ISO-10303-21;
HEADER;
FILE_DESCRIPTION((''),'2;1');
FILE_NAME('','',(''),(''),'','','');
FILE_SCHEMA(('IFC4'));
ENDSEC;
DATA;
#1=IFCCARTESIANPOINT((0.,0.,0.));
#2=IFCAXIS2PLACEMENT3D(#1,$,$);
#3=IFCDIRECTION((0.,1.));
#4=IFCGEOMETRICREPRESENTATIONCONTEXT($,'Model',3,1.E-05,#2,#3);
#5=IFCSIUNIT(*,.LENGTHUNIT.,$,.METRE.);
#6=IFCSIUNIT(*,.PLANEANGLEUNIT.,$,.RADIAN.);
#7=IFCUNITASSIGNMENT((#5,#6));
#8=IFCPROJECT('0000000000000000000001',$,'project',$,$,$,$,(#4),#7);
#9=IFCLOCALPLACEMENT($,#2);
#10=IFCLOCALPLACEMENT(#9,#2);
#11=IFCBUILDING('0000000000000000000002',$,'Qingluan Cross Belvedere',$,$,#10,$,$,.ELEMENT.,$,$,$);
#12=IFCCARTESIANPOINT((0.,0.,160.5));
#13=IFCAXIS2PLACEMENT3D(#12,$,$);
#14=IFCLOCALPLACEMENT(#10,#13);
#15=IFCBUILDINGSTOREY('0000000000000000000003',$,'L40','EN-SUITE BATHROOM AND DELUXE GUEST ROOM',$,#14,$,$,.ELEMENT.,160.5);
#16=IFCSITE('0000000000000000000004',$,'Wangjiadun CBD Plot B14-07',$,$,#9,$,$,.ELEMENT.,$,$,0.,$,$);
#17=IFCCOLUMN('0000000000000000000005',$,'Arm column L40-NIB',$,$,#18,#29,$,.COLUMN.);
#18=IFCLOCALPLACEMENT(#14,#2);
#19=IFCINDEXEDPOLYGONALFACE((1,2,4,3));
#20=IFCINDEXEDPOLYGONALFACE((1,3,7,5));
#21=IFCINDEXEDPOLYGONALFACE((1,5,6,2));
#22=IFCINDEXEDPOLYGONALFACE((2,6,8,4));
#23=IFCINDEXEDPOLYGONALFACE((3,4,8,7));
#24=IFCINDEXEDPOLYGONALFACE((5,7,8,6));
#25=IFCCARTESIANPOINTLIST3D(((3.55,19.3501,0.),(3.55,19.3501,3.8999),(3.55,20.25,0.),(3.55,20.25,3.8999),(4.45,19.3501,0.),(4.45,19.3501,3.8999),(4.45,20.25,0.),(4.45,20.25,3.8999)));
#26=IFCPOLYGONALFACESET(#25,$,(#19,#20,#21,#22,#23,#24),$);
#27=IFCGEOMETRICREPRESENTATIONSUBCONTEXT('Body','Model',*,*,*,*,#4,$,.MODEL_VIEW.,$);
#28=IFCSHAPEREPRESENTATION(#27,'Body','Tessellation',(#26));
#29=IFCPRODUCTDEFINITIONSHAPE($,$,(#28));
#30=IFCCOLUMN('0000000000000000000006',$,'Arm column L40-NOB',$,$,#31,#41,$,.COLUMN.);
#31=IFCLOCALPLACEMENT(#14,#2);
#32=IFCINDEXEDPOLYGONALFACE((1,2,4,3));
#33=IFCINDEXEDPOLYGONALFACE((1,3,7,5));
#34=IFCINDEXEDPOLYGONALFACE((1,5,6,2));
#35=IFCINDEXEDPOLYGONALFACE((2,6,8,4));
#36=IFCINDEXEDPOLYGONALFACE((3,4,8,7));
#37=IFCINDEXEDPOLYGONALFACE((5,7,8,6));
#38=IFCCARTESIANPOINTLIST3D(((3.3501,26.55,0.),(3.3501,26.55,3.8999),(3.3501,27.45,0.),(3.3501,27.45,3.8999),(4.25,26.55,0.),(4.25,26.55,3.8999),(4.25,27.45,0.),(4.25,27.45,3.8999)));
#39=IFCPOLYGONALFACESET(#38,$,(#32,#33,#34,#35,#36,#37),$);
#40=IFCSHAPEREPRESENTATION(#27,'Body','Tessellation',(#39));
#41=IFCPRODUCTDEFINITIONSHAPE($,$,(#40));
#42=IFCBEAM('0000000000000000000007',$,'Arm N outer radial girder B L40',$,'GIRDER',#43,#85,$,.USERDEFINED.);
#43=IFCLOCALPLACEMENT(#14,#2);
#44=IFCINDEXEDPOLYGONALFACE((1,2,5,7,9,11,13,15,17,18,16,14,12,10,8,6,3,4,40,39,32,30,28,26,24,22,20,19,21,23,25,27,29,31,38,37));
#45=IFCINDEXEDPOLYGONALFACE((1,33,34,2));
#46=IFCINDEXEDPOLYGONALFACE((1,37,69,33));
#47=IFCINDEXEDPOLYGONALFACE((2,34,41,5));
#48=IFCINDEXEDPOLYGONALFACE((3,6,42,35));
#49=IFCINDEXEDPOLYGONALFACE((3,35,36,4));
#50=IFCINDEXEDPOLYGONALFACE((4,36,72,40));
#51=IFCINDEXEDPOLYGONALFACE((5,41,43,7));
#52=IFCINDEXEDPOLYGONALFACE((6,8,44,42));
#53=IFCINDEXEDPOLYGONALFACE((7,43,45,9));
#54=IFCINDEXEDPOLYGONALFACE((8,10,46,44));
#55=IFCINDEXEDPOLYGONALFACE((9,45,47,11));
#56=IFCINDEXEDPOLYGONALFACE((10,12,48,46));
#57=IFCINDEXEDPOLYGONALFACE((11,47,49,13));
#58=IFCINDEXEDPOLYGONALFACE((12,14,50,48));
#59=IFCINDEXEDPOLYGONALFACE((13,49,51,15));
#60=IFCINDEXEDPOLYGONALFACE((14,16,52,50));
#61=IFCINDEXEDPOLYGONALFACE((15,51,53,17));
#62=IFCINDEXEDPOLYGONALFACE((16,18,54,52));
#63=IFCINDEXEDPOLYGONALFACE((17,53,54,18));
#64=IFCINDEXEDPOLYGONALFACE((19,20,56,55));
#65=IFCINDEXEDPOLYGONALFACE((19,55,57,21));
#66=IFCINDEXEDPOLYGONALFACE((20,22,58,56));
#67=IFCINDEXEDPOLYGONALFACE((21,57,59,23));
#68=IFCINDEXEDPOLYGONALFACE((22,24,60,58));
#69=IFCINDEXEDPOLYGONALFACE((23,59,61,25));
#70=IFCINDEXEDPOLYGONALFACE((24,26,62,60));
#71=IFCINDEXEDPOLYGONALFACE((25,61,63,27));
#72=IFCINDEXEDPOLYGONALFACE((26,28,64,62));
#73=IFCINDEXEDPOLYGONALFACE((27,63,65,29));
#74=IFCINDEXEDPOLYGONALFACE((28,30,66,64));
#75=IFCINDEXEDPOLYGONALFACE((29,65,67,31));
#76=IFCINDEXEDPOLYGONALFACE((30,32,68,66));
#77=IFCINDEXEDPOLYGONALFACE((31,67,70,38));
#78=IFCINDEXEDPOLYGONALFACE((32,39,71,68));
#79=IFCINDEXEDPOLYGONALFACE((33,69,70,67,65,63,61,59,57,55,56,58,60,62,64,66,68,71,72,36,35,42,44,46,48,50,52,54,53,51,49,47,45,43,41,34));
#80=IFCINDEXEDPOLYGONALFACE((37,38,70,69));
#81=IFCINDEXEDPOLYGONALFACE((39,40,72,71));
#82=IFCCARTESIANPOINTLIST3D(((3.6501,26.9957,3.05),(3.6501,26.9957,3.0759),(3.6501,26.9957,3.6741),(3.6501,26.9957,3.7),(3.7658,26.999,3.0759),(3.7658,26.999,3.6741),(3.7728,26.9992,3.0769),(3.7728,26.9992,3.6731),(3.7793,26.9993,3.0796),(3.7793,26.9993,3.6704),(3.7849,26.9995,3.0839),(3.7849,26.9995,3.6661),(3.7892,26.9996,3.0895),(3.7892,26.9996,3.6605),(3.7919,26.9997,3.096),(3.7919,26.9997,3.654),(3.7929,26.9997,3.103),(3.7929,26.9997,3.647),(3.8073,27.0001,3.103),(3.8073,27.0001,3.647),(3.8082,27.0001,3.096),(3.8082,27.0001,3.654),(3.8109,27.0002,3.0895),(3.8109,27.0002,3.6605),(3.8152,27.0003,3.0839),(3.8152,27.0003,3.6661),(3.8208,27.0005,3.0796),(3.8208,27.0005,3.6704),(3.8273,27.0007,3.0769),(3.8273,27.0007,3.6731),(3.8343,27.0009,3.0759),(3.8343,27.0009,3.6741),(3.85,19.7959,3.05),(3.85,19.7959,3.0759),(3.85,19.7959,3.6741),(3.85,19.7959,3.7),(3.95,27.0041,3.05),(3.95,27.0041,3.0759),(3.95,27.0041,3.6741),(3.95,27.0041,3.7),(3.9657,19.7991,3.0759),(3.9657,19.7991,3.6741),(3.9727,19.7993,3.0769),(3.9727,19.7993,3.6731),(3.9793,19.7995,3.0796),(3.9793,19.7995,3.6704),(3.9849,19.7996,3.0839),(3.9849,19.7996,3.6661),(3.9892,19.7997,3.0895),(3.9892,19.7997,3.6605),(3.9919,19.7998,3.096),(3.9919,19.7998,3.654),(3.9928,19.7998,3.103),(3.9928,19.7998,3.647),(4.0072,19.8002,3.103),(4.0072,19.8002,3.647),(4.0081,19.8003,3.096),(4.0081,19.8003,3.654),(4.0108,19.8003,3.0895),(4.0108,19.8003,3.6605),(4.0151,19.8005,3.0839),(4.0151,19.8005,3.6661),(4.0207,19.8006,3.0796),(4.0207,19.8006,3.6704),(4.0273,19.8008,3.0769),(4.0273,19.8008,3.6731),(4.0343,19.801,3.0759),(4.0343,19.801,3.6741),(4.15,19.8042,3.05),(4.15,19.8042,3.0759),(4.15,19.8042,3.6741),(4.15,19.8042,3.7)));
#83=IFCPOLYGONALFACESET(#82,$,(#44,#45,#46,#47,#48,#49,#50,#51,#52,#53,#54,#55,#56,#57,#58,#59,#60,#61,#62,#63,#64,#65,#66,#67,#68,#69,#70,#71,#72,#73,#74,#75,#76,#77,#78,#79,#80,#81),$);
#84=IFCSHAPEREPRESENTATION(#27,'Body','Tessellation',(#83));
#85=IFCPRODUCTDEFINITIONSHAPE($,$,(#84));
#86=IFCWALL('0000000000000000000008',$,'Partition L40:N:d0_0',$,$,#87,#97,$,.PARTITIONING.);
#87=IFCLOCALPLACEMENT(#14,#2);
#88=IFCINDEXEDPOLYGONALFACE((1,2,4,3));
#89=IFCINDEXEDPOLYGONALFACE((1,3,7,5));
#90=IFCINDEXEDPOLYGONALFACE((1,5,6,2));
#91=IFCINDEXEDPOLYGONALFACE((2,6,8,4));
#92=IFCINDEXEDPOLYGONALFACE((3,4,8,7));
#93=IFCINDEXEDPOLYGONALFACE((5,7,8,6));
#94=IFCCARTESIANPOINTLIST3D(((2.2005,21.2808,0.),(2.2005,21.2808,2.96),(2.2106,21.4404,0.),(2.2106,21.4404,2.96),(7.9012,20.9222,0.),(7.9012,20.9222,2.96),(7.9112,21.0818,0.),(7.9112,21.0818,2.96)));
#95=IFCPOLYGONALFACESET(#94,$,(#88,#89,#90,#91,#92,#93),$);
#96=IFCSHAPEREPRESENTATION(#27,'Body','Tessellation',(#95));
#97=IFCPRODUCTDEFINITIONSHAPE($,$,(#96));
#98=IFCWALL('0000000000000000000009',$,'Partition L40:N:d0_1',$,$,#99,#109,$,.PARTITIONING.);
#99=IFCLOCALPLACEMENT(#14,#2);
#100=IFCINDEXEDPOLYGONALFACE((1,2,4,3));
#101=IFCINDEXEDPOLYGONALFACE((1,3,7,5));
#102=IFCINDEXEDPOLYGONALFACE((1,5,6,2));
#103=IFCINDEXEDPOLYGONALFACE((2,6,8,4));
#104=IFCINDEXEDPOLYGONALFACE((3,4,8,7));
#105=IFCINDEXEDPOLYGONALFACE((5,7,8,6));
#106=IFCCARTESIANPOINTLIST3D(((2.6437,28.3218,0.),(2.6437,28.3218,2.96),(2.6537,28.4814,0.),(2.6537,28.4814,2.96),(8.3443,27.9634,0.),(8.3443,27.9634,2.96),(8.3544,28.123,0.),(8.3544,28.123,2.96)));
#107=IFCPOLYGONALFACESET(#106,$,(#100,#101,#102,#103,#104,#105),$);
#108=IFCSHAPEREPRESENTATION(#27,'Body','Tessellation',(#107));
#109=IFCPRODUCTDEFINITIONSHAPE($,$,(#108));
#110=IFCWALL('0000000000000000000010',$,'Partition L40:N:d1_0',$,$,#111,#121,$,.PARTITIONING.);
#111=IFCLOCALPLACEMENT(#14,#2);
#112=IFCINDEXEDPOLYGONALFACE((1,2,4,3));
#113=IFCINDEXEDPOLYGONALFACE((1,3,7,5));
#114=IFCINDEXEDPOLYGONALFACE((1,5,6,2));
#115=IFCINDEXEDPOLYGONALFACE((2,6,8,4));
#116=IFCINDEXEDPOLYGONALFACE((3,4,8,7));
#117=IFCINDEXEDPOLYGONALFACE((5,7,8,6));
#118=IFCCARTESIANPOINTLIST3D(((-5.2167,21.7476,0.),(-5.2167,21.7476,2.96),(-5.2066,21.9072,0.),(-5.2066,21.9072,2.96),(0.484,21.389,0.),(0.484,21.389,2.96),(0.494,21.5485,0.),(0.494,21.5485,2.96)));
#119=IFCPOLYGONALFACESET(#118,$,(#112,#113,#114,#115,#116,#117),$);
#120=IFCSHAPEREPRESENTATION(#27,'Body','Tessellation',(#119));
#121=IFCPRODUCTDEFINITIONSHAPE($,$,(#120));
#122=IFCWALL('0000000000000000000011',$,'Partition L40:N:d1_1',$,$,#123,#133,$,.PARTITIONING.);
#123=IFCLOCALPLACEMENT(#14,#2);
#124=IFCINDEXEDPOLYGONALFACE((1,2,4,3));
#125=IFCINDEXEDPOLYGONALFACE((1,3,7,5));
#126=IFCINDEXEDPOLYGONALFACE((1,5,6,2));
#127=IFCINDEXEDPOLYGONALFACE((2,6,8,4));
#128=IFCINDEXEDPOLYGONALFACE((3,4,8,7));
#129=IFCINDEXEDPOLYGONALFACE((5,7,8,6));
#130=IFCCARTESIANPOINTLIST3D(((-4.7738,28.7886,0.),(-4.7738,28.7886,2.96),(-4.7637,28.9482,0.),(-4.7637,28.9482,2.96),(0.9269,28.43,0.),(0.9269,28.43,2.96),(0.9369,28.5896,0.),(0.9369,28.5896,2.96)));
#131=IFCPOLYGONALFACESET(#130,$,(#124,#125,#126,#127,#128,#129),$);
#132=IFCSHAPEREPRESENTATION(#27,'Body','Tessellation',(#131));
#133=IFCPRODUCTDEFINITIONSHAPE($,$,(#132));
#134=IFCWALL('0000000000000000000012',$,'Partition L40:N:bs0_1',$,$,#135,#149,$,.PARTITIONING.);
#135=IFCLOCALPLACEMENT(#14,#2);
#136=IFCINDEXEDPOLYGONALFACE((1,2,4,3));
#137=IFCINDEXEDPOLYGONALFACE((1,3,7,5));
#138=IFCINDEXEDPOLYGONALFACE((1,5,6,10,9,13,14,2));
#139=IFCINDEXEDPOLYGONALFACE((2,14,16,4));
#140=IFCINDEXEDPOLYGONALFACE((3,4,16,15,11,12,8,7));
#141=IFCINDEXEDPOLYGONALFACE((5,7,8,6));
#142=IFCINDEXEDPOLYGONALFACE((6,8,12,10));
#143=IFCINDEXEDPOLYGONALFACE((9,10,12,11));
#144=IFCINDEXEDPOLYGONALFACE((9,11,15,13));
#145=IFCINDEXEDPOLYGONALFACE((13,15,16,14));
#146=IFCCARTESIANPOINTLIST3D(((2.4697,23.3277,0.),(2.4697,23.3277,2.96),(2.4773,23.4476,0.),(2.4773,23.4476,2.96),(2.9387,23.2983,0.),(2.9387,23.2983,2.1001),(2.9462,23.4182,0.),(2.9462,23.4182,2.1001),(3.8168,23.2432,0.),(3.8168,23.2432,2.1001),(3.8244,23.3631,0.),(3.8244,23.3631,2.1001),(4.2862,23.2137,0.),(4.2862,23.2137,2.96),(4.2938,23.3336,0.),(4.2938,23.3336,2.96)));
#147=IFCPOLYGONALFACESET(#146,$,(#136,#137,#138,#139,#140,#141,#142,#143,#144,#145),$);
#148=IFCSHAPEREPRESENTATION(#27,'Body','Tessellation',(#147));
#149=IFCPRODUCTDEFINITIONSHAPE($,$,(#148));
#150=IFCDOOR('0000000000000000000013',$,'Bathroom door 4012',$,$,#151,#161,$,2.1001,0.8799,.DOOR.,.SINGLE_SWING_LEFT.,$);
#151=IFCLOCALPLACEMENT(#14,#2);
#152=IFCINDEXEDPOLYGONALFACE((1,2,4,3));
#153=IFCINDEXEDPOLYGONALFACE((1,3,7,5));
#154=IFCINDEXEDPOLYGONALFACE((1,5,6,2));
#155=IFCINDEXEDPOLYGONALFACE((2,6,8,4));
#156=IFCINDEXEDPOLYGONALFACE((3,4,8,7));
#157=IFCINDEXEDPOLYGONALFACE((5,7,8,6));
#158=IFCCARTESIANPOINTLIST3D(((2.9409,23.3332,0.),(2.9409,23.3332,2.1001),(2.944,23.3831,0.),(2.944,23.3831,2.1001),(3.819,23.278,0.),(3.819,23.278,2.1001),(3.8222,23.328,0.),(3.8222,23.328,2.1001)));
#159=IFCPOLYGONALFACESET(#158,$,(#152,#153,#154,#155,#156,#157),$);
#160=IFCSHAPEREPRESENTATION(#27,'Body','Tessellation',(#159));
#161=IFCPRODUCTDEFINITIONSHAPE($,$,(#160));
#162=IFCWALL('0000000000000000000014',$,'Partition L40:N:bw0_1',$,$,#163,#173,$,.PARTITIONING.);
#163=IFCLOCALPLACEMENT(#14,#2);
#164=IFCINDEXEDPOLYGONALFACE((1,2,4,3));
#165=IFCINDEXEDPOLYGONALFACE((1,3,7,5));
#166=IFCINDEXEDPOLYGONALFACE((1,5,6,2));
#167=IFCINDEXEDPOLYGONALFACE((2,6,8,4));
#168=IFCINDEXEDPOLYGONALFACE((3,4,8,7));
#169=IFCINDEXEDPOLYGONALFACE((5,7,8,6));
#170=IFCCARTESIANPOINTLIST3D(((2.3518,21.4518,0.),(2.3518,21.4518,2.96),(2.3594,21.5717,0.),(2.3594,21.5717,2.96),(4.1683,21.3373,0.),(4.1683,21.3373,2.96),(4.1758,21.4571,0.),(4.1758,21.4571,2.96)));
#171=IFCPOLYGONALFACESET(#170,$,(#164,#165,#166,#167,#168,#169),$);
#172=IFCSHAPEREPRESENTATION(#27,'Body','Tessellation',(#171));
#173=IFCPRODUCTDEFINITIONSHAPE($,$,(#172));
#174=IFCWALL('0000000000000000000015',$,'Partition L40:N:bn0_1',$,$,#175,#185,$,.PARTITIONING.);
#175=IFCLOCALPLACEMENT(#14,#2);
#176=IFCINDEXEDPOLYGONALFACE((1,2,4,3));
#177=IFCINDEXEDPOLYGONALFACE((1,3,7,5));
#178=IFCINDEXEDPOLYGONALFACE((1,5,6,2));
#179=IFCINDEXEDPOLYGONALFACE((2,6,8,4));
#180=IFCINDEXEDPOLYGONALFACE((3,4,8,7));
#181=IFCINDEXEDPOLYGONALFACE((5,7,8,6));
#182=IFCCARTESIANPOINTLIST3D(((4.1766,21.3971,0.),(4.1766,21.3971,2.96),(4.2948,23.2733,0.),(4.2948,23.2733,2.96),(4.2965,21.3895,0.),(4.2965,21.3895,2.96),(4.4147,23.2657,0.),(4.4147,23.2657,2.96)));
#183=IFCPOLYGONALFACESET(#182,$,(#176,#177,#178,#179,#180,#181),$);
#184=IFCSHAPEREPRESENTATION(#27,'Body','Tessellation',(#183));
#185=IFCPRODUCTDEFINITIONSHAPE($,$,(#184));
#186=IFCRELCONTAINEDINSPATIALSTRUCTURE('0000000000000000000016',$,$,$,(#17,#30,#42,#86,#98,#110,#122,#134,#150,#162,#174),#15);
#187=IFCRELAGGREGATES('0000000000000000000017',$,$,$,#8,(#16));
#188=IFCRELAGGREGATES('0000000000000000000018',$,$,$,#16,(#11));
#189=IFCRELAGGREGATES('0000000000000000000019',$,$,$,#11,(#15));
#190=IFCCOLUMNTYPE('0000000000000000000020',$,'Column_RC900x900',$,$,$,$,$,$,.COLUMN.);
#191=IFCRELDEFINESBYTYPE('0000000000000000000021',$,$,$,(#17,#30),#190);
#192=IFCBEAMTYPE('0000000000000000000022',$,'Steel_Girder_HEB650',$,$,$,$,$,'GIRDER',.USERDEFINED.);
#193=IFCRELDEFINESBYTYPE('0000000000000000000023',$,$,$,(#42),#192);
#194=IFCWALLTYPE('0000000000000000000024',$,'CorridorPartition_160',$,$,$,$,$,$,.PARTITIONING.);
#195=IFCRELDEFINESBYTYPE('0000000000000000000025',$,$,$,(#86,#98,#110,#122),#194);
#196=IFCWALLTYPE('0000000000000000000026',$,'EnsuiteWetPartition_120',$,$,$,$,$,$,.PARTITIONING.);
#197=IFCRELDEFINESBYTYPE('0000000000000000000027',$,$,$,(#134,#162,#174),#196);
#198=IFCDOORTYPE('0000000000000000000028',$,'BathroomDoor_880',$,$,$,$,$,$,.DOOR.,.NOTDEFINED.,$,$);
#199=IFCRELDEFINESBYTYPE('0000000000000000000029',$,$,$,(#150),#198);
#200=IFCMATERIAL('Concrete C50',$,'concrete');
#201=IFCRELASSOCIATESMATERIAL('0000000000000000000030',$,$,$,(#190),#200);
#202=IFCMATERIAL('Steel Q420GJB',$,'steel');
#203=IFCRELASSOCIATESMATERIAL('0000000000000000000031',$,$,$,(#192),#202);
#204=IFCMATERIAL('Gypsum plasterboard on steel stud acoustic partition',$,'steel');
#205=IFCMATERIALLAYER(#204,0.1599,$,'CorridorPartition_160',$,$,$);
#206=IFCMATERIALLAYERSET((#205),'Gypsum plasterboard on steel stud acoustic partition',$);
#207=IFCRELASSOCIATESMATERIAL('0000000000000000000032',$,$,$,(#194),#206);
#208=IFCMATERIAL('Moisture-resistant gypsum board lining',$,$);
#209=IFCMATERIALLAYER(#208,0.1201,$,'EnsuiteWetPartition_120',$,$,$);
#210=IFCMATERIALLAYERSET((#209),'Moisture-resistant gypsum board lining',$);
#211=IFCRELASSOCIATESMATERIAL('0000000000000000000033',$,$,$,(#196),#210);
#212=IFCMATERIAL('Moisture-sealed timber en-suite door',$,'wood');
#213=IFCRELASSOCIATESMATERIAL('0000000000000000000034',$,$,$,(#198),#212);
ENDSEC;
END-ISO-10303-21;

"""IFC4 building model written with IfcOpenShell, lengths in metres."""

from ifc_helpers import new_model, si_unit, direction, frame, frame_2d, origin, origin_2d, place, context, subcontext, project, spatial, rectangle, i_section, extrude, material, layer, layer_set, material_profile, profile_set, type_object, element, fill, save


model = new_model("IFC4")

# Units and contexts
model_context = context("Model", 3, precision=1e-05, world=origin(), true_north=direction((0.0, 1.0)))
body_context = subcontext(model_context, "Body", "Model", "MODEL_VIEW")
ifc_project = project(units=[si_unit("LENGTHUNIT", "METRE"), si_unit("PLANEANGLEUNIT", "RADIAN")], contexts=[model_context])

# Site, building, storey
site_placement = place(None, origin())
site = spatial("IfcSite", under=ifc_project, at=site_placement, Name="Wangjiadun CBD Plot B14-07", CompositionType="ELEMENT", RefElevation=0.0)
building_placement = place(site_placement, origin())
building = spatial("IfcBuilding", under=site, at=building_placement, Name="Qingluan Cross Belvedere", CompositionType="ELEMENT")
storey_placement = place(building_placement, frame((0.0, 0.0, 160.5)))
storey = spatial("IfcBuildingStorey", under=building, at=storey_placement, Name="L40", Description="EN-SUITE BATHROOM AND DELUXE GUEST ROOM", CompositionType="ELEMENT", Elevation=160.5)

# Columns
ifc_material_1 = material(Name="Concrete C50", Category="concrete")
ifc_material_profile_1 = material_profile(ifc_material_1, rectangle(XDim=0.8999, YDim=0.8999, at=origin_2d()), Name="RC900x900")
ifc_profile_set_1 = profile_set([ifc_material_profile_1], Name="Concrete C50")
column_type = type_object("IfcColumnType", Name="Column_RC900x900", PredefinedType="COLUMN", material=ifc_profile_set_1)
for number, where, z_axis, x_axis, name in (
    (1, (4.0, 19.8, 0.0), (0.0, 0.0, 1.0), (1.0, 0.0, 0.0), "Arm column L40-NIB"),
    (2, (3.8, 27.0, 0.0), (0.0, 0.0, 1.0), (1.0, 0.0, 0.0), "Arm column L40-NOB"),
):
    element("IfcColumn", number, at=place(storey_placement, frame(where, z_axis=z_axis, x_axis=x_axis)), inside=storey, type_object=column_type, Name=name, PredefinedType="COLUMN", context=body_context, shape_type="SweptSolid", body=[
        extrude(rectangle(XDim=0.8999, YDim=0.8999, at=origin_2d()), origin(), (0.0, 0.0, 1.0), 3.8999),
    ])

# Beam
ifc_material_2 = material(Name="Steel Q420GJB", Category="steel")
ifc_material_profile_2 = material_profile(ifc_material_2, i_section(OverallWidth=0.3, OverallDepth=0.6499, WebThickness=0.0144, FlangeThickness=0.0259, FilletRadius=0.0271, at=origin_2d()), Name="HEB650")
ifc_profile_set_2 = profile_set([ifc_material_profile_2], Name="Steel Q420GJB")
beam_type = type_object("IfcBeamType", Name="Steel_Girder_HEB650", ElementType="GIRDER", PredefinedType="USERDEFINED", material=ifc_profile_set_2)
beam_placement = place(storey_placement, frame((4.0, 19.8, 3.375), z_axis=(-0.02776, 0.999615, 0.0), x_axis=(-0.999615, -0.02776, 0.0)))
element("IfcBeam", 3, at=beam_placement, inside=storey, type_object=beam_type, Name="Arm N outer radial girder B L40", ObjectType="GIRDER", PredefinedType="USERDEFINED", context=body_context, shape_type="SweptSolid", body=[
    extrude(i_section(OverallWidth=0.3, OverallDepth=0.6499, WebThickness=0.0144, FlangeThickness=0.0259, FilletRadius=0.0271, at=origin_2d()), origin(), (0.0, 0.0, 1.0), 7.2026),
])

# Walls
ifc_material_3 = material(Name="Gypsum plasterboard on steel stud acoustic partition", Category="steel")
ifc_layer_1 = layer(ifc_material_3, 0.1599, Name="CorridorPartition_160")
ifc_layer_set_1 = layer_set([ifc_layer_1], Name="Gypsum plasterboard on steel stud acoustic partition")
wall_type_1 = type_object("IfcWallType", Name="CorridorPartition_160", PredefinedType="PARTITIONING", material=ifc_layer_set_1)
for number, where, z_axis, x_axis, name in (
    (4, (2.2056, 21.3606, 0.0), (0.0, 0.0, 1.0), (0.998027, -0.062788, 0.0), "Partition L40:N:d0_0"),
    (5, (2.6487, 28.4016, 0.0), (0.0, 0.0, 1.0), (0.99803, -0.062745, 0.0), "Partition L40:N:d0_1"),
    (6, (0.489, 21.4688, 0.0), (0.0, 0.0, 1.0), (-0.998027, 0.062788, 0.0), "Partition L40:N:d1_0"),
    (7, (0.9319, 28.5098, 0.0), (0.0, 0.0, 1.0), (-0.998027, 0.062788, 0.0), "Partition L40:N:d1_1"),
):
    element("IfcWall", number, at=place(storey_placement, frame(where, z_axis=z_axis, x_axis=x_axis)), inside=storey, type_object=wall_type_1, Name=name, PredefinedType="PARTITIONING", context=body_context, shape_type="SweptSolid", body=[
        extrude(rectangle(XDim=5.7119, YDim=0.1599, at=frame_2d((2.856, 0.0))), origin(), (0.0, 0.0, 1.0), 2.96),
    ])

# Wall, opening, door
ifc_material_4 = material(Name="Moisture-resistant gypsum board lining")
ifc_layer_2 = layer(ifc_material_4, 0.1201, Name="EnsuiteWetPartition_120")
ifc_layer_set_2 = layer_set([ifc_layer_2], Name="Moisture-resistant gypsum board lining")
wall_type_2 = type_object("IfcWallType", Name="EnsuiteWetPartition_120", PredefinedType="PARTITIONING", material=ifc_layer_set_2)
wall_1_placement = place(storey_placement, frame((2.4734, 23.3877, 0.0), z_axis=(0.0, 0.0, 1.0), x_axis=(0.998036, -0.062646, 0.0)))
wall_1 = element("IfcWall", 8, at=wall_1_placement, inside=storey, type_object=wall_type_2, Name="Partition L40:N:bs0_1", PredefinedType="PARTITIONING", context=body_context, shape_type="SweptSolid", body=[
    extrude(rectangle(XDim=1.8201, YDim=0.1201, at=frame_2d((0.9102, 0.0))), origin(), (0.0, 0.0, 1.0), 2.96),
])
opening_1_placement = place(wall_1_placement, frame((0.47, 0.0, 0.0)))
opening_1 = element("IfcOpeningElement", 9, at=opening_1_placement, cuts=wall_1, PredefinedType="OPENING", context=body_context, shape_type="SweptSolid", body=[
    extrude(rectangle(XDim=0.8799, YDim=2.1001, at=frame_2d((0.4399, 1.05))), frame((0.0, 0.0701, 0.0), z_axis=(0.0, -1.0, 0.0), x_axis=(1.0, 0.0, 0.0)), (0.0, 0.0, 1.0), 0.1401),
])
ifc_material_5 = material(Name="Moisture-sealed timber en-suite door", Category="wood")
door_type = type_object("IfcDoorType", Name="BathroomDoor_880", OperationType="NOTDEFINED", PredefinedType="DOOR", material=ifc_material_5)
door_1_placement = place(opening_1_placement, origin())
door_1 = element("IfcDoor", 10, at=door_1_placement, inside=storey, type_object=door_type, Name="Bathroom door 4012", OperationType="SINGLE_SWING_LEFT", OverallHeight=2.1001, OverallWidth=0.8799, PredefinedType="DOOR", context=body_context, shape_type="SweptSolid", body=[
    extrude(rectangle(XDim=0.8799, YDim=2.1001, at=frame_2d((0.4399, 1.05))), frame((0.0, 0.0249, 0.0), z_axis=(0.0, -1.0, 0.0), x_axis=(1.0, 0.0, 0.0)), (0.0, 0.0, 1.0), 0.05),
])
fill(opening_1, door_1)

# Walls
wall_2_placement = place(storey_placement, frame((2.3555, 21.5117, 0.0), z_axis=(0.0, 0.0, 1.0), x_axis=(0.998019, -0.062913, 0.0)))
element("IfcWall", 11, at=wall_2_placement, inside=storey, type_object=wall_type_2, Name="Partition L40:N:bw0_1", PredefinedType="PARTITIONING", context=body_context, shape_type="SweptSolid", body=[
    extrude(rectangle(XDim=1.8201, YDim=0.1201, at=frame_2d((0.9102, 0.0))), origin(), (0.0, 0.0, 1.0), 2.96),
])
wall_3_placement = place(storey_placement, frame((4.2366, 21.3933, 0.0), z_axis=(0.0, 0.0, 1.0), x_axis=(0.062855, 0.998023, 0.0)))
element("IfcWall", 12, at=wall_3_placement, inside=storey, type_object=wall_type_2, Name="Partition L40:N:bn0_1", PredefinedType="PARTITIONING", context=body_context, shape_type="SweptSolid", body=[
    extrude(rectangle(XDim=1.8799, YDim=0.1201, at=frame_2d((0.9399, 0.0))), origin(), (0.0, 0.0, 1.0), 2.96),
])

save(model, "model.ifc")
